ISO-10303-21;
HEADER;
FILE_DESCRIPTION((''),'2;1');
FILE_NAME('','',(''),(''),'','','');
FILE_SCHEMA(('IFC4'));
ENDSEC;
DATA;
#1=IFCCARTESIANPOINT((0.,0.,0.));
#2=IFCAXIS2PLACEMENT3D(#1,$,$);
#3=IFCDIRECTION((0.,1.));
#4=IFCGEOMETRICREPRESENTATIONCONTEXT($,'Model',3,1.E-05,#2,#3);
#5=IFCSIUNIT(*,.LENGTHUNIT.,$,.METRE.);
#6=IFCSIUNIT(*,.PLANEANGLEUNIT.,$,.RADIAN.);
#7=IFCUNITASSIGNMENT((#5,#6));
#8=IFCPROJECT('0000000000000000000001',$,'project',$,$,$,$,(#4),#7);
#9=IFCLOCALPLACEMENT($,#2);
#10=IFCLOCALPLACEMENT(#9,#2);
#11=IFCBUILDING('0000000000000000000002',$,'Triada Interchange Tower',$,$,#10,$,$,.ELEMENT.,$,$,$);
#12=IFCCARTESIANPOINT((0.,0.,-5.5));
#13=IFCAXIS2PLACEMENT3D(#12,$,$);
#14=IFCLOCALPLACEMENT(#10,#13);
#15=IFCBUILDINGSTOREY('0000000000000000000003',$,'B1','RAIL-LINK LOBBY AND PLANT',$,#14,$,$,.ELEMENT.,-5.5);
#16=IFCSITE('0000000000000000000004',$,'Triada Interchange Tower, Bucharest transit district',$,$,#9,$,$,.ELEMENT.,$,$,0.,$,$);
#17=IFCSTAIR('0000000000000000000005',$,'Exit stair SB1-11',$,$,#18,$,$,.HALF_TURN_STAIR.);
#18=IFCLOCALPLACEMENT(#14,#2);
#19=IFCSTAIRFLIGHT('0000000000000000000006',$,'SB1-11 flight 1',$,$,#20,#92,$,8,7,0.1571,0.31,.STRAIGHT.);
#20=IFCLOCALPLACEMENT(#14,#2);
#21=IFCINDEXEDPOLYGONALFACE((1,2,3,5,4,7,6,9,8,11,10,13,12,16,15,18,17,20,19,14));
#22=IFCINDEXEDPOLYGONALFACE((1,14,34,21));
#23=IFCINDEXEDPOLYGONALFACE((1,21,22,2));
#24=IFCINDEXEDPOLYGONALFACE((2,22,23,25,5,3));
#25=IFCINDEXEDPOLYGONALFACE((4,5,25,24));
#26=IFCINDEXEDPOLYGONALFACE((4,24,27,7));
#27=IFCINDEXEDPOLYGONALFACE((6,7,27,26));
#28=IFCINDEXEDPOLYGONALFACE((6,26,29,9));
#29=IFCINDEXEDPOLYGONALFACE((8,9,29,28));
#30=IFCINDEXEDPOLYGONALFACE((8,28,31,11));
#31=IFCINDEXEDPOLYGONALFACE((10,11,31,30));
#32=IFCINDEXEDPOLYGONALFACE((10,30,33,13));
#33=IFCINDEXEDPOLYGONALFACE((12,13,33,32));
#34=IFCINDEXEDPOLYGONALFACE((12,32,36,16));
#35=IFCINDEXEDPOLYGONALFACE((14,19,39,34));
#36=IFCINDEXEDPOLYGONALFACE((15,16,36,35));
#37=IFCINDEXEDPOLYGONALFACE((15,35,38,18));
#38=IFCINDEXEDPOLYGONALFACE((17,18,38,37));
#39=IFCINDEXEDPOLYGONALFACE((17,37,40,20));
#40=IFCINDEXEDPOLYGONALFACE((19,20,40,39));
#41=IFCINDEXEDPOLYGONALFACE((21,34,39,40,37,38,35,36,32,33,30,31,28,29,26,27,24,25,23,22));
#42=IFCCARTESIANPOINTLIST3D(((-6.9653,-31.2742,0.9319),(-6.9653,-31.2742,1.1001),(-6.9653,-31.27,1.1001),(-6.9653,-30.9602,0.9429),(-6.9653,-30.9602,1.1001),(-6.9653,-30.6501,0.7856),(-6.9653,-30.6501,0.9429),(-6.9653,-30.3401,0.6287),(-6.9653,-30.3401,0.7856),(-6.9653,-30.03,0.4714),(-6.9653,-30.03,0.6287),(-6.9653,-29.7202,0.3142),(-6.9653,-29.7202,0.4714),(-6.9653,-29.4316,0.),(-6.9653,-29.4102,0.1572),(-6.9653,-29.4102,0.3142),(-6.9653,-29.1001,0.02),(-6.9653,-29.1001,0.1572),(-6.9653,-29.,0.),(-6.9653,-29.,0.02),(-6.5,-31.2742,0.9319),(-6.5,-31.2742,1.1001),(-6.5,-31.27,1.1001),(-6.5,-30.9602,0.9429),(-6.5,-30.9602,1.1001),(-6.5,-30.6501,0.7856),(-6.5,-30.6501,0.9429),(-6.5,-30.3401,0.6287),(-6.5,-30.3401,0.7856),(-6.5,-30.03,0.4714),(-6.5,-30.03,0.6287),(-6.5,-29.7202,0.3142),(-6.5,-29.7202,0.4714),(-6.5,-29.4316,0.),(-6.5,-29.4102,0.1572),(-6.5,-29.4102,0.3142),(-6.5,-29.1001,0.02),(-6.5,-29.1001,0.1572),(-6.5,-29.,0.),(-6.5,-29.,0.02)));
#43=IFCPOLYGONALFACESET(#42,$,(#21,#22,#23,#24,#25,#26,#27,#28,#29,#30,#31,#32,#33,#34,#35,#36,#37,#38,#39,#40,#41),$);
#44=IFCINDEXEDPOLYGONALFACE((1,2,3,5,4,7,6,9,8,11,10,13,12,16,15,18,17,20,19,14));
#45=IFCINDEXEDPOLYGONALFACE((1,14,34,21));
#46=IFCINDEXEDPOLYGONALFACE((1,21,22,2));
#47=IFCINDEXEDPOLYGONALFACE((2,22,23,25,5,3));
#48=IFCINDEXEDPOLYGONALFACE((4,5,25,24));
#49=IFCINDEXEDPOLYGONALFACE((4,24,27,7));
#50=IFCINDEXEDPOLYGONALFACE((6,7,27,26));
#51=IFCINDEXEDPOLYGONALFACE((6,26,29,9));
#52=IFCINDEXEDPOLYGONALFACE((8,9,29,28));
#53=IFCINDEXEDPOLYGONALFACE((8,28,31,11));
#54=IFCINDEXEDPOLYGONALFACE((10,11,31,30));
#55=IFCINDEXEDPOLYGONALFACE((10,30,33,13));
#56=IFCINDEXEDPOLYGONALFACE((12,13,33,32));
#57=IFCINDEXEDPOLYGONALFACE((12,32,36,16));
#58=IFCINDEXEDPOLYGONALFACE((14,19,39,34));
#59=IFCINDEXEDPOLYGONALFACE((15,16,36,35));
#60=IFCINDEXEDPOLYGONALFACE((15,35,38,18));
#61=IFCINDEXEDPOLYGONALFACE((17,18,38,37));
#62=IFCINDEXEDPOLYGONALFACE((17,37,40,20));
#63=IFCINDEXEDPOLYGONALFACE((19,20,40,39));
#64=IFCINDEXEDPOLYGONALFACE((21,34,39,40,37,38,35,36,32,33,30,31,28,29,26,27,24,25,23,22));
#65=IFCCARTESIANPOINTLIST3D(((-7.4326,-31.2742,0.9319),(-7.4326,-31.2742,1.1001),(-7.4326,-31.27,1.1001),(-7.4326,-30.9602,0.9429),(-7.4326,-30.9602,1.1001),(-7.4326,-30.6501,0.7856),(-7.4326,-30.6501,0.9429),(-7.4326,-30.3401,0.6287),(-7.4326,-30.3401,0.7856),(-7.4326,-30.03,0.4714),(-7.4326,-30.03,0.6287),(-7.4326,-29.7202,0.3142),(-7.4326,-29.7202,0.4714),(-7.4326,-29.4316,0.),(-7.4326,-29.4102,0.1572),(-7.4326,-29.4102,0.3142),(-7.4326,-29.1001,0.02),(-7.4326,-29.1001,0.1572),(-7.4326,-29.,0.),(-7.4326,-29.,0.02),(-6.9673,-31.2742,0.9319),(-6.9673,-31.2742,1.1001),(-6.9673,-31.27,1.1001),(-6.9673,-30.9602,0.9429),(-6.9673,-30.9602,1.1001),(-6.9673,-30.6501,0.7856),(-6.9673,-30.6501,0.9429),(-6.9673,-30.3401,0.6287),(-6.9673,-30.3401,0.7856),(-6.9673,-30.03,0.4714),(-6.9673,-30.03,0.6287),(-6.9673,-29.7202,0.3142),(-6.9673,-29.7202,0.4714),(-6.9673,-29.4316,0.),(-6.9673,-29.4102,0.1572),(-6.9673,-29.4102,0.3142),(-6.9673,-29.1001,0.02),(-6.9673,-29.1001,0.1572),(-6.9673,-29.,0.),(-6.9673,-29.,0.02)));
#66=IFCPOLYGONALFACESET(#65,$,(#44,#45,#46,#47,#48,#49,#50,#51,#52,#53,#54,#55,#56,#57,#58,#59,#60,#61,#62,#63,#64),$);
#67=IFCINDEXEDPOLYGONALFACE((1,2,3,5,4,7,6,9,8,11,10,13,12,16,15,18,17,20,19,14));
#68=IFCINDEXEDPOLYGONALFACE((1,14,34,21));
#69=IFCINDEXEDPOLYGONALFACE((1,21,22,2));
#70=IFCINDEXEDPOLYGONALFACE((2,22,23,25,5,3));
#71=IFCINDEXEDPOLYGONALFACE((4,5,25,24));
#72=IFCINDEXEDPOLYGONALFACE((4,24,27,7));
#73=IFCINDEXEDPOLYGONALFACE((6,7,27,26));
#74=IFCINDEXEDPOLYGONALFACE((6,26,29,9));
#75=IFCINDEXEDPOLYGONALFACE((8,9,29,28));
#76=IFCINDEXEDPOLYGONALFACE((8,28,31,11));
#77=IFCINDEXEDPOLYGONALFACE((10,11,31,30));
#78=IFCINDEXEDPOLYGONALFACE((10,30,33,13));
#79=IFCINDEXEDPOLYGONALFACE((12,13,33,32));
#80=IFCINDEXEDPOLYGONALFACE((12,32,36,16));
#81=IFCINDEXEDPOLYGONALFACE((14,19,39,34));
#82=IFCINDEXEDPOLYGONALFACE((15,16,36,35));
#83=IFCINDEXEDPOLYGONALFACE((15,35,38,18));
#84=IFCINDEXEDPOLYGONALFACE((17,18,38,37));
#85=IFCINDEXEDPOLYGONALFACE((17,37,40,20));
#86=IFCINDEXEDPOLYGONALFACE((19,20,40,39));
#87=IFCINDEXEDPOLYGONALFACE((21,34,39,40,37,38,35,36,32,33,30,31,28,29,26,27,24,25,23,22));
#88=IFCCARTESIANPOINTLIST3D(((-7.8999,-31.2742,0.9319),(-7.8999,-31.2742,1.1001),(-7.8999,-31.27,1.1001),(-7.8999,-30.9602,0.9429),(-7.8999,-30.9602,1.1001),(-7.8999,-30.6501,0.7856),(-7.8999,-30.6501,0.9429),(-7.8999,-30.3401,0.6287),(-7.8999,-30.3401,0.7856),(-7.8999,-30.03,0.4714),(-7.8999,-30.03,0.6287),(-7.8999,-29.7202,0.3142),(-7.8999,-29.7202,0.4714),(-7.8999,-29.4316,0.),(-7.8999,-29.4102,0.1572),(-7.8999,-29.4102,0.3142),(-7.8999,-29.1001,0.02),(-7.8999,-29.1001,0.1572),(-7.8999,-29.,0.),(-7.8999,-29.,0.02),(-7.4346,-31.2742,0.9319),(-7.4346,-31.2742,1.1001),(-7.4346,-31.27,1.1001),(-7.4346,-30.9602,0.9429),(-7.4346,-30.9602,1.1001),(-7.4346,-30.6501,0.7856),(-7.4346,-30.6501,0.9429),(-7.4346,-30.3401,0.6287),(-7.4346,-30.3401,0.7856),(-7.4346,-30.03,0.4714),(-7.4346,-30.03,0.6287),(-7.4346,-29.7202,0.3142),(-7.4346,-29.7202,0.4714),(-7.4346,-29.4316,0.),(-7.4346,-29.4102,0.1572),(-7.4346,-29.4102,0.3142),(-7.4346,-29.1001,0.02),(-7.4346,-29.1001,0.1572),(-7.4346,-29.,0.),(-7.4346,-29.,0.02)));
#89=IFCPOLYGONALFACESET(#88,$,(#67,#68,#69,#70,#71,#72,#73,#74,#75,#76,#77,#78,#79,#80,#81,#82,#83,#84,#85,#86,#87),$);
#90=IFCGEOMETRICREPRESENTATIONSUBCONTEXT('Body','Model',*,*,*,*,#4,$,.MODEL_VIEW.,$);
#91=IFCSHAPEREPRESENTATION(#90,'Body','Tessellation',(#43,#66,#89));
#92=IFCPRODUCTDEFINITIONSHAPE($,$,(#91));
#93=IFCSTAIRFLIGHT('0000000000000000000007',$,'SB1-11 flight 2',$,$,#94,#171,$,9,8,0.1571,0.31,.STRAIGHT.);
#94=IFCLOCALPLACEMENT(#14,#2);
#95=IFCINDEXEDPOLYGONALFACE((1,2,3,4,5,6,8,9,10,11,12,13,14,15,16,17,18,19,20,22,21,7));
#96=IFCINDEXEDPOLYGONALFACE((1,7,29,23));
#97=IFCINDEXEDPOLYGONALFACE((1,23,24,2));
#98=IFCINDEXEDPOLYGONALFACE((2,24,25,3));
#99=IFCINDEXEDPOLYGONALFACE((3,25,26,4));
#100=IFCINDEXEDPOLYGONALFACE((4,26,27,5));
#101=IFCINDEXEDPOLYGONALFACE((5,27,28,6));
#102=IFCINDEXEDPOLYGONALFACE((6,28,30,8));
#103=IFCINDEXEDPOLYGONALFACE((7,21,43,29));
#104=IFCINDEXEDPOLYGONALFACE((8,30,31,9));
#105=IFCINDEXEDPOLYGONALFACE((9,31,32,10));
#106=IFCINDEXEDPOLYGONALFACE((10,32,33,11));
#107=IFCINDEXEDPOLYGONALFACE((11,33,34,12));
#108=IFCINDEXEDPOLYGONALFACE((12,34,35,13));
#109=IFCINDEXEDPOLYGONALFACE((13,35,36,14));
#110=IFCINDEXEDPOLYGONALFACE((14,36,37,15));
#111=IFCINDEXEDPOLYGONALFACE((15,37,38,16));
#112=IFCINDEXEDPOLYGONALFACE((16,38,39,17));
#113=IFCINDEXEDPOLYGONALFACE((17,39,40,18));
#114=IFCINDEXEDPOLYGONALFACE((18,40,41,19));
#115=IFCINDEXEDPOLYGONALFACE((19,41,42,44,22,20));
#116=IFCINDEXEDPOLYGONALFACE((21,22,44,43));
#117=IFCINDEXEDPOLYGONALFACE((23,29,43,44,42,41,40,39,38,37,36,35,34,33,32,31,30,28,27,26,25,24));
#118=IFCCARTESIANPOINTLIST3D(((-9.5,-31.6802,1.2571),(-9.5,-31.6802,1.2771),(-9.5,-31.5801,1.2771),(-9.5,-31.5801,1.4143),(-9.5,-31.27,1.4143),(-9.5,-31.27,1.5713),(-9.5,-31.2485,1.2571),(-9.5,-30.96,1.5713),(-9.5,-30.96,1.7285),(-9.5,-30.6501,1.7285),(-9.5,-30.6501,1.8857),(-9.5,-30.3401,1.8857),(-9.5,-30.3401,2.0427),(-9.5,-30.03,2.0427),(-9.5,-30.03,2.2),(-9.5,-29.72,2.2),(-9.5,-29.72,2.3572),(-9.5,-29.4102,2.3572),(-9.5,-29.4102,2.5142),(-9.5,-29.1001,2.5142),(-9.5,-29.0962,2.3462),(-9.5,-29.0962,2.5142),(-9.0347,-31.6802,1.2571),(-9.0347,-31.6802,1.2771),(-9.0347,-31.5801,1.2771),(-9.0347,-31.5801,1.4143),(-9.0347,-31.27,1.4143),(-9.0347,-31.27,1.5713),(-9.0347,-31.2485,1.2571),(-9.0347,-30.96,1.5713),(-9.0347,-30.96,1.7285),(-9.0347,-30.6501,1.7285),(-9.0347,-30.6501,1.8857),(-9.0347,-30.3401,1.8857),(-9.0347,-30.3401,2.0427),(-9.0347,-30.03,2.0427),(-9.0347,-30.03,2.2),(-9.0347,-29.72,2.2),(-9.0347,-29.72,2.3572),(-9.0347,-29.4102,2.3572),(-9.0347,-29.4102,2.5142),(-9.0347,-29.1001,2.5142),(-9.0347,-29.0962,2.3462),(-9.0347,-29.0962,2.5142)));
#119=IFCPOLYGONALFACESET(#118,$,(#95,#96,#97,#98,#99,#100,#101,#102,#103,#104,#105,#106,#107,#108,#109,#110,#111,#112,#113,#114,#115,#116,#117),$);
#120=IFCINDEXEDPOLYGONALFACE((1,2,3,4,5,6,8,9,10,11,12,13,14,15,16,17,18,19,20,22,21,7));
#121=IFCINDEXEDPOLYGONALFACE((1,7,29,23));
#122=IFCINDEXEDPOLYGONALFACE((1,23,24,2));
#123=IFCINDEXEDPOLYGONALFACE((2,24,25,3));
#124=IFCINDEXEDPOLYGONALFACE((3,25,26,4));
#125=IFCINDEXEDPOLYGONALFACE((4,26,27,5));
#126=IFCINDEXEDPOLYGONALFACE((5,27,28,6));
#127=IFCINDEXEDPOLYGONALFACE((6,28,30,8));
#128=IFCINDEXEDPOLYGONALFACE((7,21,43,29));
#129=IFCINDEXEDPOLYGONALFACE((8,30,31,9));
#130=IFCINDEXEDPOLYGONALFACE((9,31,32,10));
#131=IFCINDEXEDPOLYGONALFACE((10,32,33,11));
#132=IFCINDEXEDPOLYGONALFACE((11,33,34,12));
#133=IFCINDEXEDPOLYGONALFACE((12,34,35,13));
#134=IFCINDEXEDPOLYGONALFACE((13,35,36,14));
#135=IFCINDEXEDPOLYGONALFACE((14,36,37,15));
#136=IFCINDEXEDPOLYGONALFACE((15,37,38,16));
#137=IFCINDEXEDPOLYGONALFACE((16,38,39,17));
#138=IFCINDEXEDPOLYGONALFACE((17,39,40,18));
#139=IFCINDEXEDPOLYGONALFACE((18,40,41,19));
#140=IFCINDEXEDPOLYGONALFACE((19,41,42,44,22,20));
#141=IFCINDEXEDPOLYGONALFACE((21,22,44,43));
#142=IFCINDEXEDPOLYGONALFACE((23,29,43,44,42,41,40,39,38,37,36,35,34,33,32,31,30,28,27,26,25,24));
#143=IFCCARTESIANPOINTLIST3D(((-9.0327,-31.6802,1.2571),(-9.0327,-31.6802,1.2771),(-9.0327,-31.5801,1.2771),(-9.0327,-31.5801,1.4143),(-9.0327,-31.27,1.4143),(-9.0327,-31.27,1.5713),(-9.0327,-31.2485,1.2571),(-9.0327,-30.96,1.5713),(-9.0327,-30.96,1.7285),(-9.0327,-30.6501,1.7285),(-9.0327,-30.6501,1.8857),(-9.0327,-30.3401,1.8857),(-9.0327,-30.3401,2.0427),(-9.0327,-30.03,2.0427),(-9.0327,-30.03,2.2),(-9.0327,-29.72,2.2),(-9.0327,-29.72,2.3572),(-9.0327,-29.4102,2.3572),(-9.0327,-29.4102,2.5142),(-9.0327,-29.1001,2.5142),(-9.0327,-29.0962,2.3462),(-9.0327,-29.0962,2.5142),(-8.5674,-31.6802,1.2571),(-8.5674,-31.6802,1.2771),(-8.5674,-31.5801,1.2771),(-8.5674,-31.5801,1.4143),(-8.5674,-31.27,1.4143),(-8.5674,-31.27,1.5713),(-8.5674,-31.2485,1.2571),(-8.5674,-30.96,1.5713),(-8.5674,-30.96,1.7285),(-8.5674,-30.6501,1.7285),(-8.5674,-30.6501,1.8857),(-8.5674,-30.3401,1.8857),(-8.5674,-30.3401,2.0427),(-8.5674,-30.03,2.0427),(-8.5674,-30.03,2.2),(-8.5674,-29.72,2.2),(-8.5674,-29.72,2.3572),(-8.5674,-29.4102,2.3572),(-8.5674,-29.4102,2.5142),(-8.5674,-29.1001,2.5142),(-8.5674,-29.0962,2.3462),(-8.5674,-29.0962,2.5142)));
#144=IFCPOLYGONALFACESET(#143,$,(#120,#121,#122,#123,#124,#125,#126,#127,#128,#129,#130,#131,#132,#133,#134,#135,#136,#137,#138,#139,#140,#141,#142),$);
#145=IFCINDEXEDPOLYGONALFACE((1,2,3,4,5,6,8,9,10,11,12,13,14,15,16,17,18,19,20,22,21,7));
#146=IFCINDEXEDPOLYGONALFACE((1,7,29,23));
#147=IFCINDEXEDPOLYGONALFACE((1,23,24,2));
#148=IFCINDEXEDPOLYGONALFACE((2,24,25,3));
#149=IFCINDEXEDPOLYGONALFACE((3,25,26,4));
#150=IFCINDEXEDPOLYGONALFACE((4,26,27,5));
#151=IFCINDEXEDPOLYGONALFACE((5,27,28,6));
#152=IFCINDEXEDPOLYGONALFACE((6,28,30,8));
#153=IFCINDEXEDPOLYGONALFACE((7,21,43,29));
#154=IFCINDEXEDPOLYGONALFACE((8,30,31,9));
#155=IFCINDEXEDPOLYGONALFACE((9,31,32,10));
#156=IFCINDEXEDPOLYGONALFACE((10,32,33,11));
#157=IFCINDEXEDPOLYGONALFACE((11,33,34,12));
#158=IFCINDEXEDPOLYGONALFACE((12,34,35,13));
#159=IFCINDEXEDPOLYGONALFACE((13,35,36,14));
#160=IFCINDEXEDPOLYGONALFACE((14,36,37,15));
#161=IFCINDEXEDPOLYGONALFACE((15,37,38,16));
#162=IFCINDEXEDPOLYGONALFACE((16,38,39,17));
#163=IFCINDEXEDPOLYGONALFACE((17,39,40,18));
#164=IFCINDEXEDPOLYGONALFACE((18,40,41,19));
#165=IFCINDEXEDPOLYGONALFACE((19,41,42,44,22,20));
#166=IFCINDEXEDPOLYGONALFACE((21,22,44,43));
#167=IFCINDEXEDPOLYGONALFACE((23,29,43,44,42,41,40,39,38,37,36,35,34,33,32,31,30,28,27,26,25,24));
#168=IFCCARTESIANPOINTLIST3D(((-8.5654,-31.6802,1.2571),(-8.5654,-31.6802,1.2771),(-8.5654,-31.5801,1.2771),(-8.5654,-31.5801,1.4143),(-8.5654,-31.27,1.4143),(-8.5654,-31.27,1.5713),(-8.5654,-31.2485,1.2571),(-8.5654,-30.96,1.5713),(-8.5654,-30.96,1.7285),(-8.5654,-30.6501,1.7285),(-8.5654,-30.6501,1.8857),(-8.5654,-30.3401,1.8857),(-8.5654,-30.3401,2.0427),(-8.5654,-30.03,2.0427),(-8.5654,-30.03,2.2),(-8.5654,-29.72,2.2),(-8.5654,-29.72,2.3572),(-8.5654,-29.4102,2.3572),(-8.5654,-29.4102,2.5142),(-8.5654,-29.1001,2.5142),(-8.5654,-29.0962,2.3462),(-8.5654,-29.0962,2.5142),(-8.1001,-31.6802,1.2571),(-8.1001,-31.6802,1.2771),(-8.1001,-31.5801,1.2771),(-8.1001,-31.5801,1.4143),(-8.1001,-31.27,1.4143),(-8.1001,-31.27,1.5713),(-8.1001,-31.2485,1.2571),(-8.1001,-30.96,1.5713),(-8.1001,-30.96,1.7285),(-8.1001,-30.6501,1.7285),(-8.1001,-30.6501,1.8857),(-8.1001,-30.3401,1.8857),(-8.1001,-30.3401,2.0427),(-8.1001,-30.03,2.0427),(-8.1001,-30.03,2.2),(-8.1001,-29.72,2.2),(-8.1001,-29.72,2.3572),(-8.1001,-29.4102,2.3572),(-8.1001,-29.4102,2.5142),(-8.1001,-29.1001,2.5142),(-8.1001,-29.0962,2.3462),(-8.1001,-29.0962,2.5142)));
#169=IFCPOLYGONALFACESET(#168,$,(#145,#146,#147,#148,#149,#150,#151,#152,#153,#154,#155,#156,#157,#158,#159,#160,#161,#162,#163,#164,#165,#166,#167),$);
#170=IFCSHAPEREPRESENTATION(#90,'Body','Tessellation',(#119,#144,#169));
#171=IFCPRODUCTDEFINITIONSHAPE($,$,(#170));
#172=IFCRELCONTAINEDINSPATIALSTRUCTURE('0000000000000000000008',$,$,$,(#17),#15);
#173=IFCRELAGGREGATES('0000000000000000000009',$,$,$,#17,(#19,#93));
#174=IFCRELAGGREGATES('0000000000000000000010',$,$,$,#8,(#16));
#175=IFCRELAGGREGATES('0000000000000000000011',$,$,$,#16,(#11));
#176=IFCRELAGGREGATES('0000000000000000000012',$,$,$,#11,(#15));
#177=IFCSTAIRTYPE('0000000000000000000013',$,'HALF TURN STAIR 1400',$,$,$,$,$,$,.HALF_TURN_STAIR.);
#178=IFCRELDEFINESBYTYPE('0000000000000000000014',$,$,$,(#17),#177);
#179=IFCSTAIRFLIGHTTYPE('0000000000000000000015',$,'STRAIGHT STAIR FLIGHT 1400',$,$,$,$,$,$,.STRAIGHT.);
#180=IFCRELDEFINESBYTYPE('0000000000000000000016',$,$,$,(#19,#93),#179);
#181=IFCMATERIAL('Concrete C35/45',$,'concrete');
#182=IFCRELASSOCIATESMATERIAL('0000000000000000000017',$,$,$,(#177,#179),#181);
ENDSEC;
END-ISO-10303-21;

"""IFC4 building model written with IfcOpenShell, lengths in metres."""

from ifc_helpers import new_model, si_unit, direction, frame, origin, place, context, subcontext, project, spatial, polyline, outline, extrude, material, type_object, element, aggregate, save


model = new_model("IFC4")

# Units and contexts
model_context = context("Model", 3, precision=1e-05, world=origin(), true_north=direction((0.0, 1.0)))
body_context = subcontext(model_context, "Body", "Model", "MODEL_VIEW")
ifc_project = project(units=[si_unit("LENGTHUNIT", "METRE"), si_unit("PLANEANGLEUNIT", "RADIAN")], contexts=[model_context])

# Site, building, storey
site_placement = place(None, origin())
site = spatial("IfcSite", under=ifc_project, at=site_placement, Name="Triada Interchange Tower, Bucharest transit district", CompositionType="ELEMENT", RefElevation=0.0)
building_placement = place(site_placement, origin())
building = spatial("IfcBuilding", under=site, at=building_placement, Name="Triada Interchange Tower", CompositionType="ELEMENT")
storey_placement = place(building_placement, frame((0.0, 0.0, -5.5)))
storey = spatial("IfcBuildingStorey", under=building, at=storey_placement, Name="B1", Description="RAIL-LINK LOBBY AND PLANT", CompositionType="ELEMENT", Elevation=-5.5)

# Shared definitions
ifc_material_1 = material(Name="Concrete C35/45", Category="concrete")

# Stair, stair flights
stair_type = type_object("IfcStairType", Name="HALF TURN STAIR 1400", PredefinedType="HALF_TURN_STAIR", material=ifc_material_1)
stair_placement = place(storey_placement, origin())
stair = element("IfcStair", 1, at=stair_placement, inside=storey, type_object=stair_type, Name="Exit stair SB1-11", PredefinedType="HALF_TURN_STAIR")
stair_flight_type = type_object("IfcStairFlightType", Name="STRAIGHT STAIR FLIGHT 1400", PredefinedType="STRAIGHT", material=ifc_material_1)
stair_flight_1_placement = place(storey_placement, frame((-7.2, -29.1001, 0.0), z_axis=(0.0, 0.0, 1.0), x_axis=(0.0, -1.0, 0.0)))
stair_flight_1 = element("IfcStairFlight", 2, at=stair_flight_1_placement, type_object=stair_flight_type, Name="SB1-11 flight 1", NumberOfRisers=8, NumberOfTreads=7, PredefinedType="STRAIGHT", RiserHeight=0.1571, TreadLength=0.31, context=body_context, shape_type="SweptSolid", body=[
    extrude(outline(polyline([(-0.1001, 0.0), (-0.1001, 0.02), (0.0, 0.02), (0.0, 0.1572), (0.3101, 0.1572), (0.3101, 0.3142), (0.6201, 0.3142), (0.6201, 0.4714), (0.9299, 0.4714), (0.9299, 0.6287), (1.24, 0.6287), (1.24, 0.7856), (1.55, 0.7856), (1.55, 0.9429), (1.8601, 0.9429), (1.8601, 1.1001), (2.1699, 1.1001), (2.1741, 1.1001), (2.1741, 1.2571), (2.1741, 0.9319), (0.3315, 0.0), (-0.1001, 0.0)])), frame((0.0, 0.7, 0.0), z_axis=(0.0, -1.0, 0.0), x_axis=(1.0, 0.0, 0.0)), (0.0, 0.0, 1.0), 0.4653),
    extrude(outline(polyline([(-0.1001, 0.0), (-0.1001, 0.02), (0.0, 0.02), (0.0, 0.1572), (0.3101, 0.1572), (0.3101, 0.3142), (0.6201, 0.3142), (0.6201, 0.4714), (0.9299, 0.4714), (0.9299, 0.6287), (1.24, 0.6287), (1.24, 0.7856), (1.55, 0.7856), (1.55, 0.9429), (1.8601, 0.9429), (1.8601, 1.1001), (2.1699, 1.1001), (2.1741, 1.1001), (2.1741, 1.2571), (2.1741, 0.9319), (0.3315, 0.0), (-0.1001, 0.0)])), frame((0.0, 0.2327, 0.0), z_axis=(0.0, -1.0, 0.0), x_axis=(1.0, 0.0, 0.0)), (0.0, 0.0, 1.0), 0.4653),
    extrude(outline(polyline([(-0.1001, 0.0), (-0.1001, 0.02), (0.0, 0.02), (0.0, 0.1572), (0.3101, 0.1572), (0.3101, 0.3142), (0.6201, 0.3142), (0.6201, 0.4714), (0.9299, 0.4714), (0.9299, 0.6287), (1.24, 0.6287), (1.24, 0.7856), (1.55, 0.7856), (1.55, 0.9429), (1.8601, 0.9429), (1.8601, 1.1001), (2.1699, 1.1001), (2.1741, 1.1001), (2.1741, 1.2571), (2.1741, 0.9319), (0.3315, 0.0), (-0.1001, 0.0)])), frame((0.0, -0.2346, 0.0), z_axis=(0.0, -1.0, 0.0), x_axis=(1.0, 0.0, 0.0)), (0.0, 0.0, 1.0), 0.4653),
])
stair_flight_2_placement = place(storey_placement, frame((-8.8, -31.5801, 1.2571), z_axis=(0.0, 0.0, 1.0), x_axis=(0.0, 1.0, 0.0)))
stair_flight_2 = element("IfcStairFlight", 3, at=stair_flight_2_placement, type_object=stair_flight_type, Name="SB1-11 flight 2", NumberOfRisers=9, NumberOfTreads=8, PredefinedType="STRAIGHT", RiserHeight=0.1571, TreadLength=0.31, context=body_context, shape_type="SweptSolid", body=[
    extrude(outline(polyline([(-0.1001, 0.0), (-0.1001, 0.02), (0.0, 0.02), (0.0, 0.1572), (0.3101, 0.1572), (0.3101, 0.3142), (0.6201, 0.3142), (0.6201, 0.4714), (0.9299, 0.4714), (0.9299, 0.6287), (1.24, 0.6287), (1.24, 0.7856), (1.55, 0.7856), (1.55, 0.9429), (1.8601, 0.9429), (1.8601, 1.1001), (2.1699, 1.1001), (2.1699, 1.2571), (2.48, 1.2571), (2.4839, 1.2571), (2.4839, 1.4143), (2.4839, 1.0891), (0.3315, 0.0), (-0.1001, 0.0)])), frame((0.0, 0.7, 0.0), z_axis=(0.0, -1.0, 0.0), x_axis=(1.0, 0.0, 0.0)), (0.0, 0.0, 1.0), 0.4653),
    extrude(outline(polyline([(-0.1001, 0.0), (-0.1001, 0.02), (0.0, 0.02), (0.0, 0.1572), (0.3101, 0.1572), (0.3101, 0.3142), (0.6201, 0.3142), (0.6201, 0.4714), (0.9299, 0.4714), (0.9299, 0.6287), (1.24, 0.6287), (1.24, 0.7856), (1.55, 0.7856), (1.55, 0.9429), (1.8601, 0.9429), (1.8601, 1.1001), (2.1699, 1.1001), (2.1699, 1.2571), (2.48, 1.2571), (2.4839, 1.2571), (2.4839, 1.4143), (2.4839, 1.0891), (0.3315, 0.0), (-0.1001, 0.0)])), frame((0.0, 0.2327, 0.0), z_axis=(0.0, -1.0, 0.0), x_axis=(1.0, 0.0, 0.0)), (0.0, 0.0, 1.0), 0.4653),
    extrude(outline(polyline([(-0.1001, 0.0), (-0.1001, 0.02), (0.0, 0.02), (0.0, 0.1572), (0.3101, 0.1572), (0.3101, 0.3142), (0.6201, 0.3142), (0.6201, 0.4714), (0.9299, 0.4714), (0.9299, 0.6287), (1.24, 0.6287), (1.24, 0.7856), (1.55, 0.7856), (1.55, 0.9429), (1.8601, 0.9429), (1.8601, 1.1001), (2.1699, 1.1001), (2.1699, 1.2571), (2.48, 1.2571), (2.4839, 1.2571), (2.4839, 1.4143), (2.4839, 1.0891), (0.3315, 0.0), (-0.1001, 0.0)])), frame((0.0, -0.2346, 0.0), z_axis=(0.0, -1.0, 0.0), x_axis=(1.0, 0.0, 0.0)), (0.0, 0.0, 1.0), 0.4653),
])
aggregate(stair, [stair_flight_1, stair_flight_2])

save(model, "model.ifc")
